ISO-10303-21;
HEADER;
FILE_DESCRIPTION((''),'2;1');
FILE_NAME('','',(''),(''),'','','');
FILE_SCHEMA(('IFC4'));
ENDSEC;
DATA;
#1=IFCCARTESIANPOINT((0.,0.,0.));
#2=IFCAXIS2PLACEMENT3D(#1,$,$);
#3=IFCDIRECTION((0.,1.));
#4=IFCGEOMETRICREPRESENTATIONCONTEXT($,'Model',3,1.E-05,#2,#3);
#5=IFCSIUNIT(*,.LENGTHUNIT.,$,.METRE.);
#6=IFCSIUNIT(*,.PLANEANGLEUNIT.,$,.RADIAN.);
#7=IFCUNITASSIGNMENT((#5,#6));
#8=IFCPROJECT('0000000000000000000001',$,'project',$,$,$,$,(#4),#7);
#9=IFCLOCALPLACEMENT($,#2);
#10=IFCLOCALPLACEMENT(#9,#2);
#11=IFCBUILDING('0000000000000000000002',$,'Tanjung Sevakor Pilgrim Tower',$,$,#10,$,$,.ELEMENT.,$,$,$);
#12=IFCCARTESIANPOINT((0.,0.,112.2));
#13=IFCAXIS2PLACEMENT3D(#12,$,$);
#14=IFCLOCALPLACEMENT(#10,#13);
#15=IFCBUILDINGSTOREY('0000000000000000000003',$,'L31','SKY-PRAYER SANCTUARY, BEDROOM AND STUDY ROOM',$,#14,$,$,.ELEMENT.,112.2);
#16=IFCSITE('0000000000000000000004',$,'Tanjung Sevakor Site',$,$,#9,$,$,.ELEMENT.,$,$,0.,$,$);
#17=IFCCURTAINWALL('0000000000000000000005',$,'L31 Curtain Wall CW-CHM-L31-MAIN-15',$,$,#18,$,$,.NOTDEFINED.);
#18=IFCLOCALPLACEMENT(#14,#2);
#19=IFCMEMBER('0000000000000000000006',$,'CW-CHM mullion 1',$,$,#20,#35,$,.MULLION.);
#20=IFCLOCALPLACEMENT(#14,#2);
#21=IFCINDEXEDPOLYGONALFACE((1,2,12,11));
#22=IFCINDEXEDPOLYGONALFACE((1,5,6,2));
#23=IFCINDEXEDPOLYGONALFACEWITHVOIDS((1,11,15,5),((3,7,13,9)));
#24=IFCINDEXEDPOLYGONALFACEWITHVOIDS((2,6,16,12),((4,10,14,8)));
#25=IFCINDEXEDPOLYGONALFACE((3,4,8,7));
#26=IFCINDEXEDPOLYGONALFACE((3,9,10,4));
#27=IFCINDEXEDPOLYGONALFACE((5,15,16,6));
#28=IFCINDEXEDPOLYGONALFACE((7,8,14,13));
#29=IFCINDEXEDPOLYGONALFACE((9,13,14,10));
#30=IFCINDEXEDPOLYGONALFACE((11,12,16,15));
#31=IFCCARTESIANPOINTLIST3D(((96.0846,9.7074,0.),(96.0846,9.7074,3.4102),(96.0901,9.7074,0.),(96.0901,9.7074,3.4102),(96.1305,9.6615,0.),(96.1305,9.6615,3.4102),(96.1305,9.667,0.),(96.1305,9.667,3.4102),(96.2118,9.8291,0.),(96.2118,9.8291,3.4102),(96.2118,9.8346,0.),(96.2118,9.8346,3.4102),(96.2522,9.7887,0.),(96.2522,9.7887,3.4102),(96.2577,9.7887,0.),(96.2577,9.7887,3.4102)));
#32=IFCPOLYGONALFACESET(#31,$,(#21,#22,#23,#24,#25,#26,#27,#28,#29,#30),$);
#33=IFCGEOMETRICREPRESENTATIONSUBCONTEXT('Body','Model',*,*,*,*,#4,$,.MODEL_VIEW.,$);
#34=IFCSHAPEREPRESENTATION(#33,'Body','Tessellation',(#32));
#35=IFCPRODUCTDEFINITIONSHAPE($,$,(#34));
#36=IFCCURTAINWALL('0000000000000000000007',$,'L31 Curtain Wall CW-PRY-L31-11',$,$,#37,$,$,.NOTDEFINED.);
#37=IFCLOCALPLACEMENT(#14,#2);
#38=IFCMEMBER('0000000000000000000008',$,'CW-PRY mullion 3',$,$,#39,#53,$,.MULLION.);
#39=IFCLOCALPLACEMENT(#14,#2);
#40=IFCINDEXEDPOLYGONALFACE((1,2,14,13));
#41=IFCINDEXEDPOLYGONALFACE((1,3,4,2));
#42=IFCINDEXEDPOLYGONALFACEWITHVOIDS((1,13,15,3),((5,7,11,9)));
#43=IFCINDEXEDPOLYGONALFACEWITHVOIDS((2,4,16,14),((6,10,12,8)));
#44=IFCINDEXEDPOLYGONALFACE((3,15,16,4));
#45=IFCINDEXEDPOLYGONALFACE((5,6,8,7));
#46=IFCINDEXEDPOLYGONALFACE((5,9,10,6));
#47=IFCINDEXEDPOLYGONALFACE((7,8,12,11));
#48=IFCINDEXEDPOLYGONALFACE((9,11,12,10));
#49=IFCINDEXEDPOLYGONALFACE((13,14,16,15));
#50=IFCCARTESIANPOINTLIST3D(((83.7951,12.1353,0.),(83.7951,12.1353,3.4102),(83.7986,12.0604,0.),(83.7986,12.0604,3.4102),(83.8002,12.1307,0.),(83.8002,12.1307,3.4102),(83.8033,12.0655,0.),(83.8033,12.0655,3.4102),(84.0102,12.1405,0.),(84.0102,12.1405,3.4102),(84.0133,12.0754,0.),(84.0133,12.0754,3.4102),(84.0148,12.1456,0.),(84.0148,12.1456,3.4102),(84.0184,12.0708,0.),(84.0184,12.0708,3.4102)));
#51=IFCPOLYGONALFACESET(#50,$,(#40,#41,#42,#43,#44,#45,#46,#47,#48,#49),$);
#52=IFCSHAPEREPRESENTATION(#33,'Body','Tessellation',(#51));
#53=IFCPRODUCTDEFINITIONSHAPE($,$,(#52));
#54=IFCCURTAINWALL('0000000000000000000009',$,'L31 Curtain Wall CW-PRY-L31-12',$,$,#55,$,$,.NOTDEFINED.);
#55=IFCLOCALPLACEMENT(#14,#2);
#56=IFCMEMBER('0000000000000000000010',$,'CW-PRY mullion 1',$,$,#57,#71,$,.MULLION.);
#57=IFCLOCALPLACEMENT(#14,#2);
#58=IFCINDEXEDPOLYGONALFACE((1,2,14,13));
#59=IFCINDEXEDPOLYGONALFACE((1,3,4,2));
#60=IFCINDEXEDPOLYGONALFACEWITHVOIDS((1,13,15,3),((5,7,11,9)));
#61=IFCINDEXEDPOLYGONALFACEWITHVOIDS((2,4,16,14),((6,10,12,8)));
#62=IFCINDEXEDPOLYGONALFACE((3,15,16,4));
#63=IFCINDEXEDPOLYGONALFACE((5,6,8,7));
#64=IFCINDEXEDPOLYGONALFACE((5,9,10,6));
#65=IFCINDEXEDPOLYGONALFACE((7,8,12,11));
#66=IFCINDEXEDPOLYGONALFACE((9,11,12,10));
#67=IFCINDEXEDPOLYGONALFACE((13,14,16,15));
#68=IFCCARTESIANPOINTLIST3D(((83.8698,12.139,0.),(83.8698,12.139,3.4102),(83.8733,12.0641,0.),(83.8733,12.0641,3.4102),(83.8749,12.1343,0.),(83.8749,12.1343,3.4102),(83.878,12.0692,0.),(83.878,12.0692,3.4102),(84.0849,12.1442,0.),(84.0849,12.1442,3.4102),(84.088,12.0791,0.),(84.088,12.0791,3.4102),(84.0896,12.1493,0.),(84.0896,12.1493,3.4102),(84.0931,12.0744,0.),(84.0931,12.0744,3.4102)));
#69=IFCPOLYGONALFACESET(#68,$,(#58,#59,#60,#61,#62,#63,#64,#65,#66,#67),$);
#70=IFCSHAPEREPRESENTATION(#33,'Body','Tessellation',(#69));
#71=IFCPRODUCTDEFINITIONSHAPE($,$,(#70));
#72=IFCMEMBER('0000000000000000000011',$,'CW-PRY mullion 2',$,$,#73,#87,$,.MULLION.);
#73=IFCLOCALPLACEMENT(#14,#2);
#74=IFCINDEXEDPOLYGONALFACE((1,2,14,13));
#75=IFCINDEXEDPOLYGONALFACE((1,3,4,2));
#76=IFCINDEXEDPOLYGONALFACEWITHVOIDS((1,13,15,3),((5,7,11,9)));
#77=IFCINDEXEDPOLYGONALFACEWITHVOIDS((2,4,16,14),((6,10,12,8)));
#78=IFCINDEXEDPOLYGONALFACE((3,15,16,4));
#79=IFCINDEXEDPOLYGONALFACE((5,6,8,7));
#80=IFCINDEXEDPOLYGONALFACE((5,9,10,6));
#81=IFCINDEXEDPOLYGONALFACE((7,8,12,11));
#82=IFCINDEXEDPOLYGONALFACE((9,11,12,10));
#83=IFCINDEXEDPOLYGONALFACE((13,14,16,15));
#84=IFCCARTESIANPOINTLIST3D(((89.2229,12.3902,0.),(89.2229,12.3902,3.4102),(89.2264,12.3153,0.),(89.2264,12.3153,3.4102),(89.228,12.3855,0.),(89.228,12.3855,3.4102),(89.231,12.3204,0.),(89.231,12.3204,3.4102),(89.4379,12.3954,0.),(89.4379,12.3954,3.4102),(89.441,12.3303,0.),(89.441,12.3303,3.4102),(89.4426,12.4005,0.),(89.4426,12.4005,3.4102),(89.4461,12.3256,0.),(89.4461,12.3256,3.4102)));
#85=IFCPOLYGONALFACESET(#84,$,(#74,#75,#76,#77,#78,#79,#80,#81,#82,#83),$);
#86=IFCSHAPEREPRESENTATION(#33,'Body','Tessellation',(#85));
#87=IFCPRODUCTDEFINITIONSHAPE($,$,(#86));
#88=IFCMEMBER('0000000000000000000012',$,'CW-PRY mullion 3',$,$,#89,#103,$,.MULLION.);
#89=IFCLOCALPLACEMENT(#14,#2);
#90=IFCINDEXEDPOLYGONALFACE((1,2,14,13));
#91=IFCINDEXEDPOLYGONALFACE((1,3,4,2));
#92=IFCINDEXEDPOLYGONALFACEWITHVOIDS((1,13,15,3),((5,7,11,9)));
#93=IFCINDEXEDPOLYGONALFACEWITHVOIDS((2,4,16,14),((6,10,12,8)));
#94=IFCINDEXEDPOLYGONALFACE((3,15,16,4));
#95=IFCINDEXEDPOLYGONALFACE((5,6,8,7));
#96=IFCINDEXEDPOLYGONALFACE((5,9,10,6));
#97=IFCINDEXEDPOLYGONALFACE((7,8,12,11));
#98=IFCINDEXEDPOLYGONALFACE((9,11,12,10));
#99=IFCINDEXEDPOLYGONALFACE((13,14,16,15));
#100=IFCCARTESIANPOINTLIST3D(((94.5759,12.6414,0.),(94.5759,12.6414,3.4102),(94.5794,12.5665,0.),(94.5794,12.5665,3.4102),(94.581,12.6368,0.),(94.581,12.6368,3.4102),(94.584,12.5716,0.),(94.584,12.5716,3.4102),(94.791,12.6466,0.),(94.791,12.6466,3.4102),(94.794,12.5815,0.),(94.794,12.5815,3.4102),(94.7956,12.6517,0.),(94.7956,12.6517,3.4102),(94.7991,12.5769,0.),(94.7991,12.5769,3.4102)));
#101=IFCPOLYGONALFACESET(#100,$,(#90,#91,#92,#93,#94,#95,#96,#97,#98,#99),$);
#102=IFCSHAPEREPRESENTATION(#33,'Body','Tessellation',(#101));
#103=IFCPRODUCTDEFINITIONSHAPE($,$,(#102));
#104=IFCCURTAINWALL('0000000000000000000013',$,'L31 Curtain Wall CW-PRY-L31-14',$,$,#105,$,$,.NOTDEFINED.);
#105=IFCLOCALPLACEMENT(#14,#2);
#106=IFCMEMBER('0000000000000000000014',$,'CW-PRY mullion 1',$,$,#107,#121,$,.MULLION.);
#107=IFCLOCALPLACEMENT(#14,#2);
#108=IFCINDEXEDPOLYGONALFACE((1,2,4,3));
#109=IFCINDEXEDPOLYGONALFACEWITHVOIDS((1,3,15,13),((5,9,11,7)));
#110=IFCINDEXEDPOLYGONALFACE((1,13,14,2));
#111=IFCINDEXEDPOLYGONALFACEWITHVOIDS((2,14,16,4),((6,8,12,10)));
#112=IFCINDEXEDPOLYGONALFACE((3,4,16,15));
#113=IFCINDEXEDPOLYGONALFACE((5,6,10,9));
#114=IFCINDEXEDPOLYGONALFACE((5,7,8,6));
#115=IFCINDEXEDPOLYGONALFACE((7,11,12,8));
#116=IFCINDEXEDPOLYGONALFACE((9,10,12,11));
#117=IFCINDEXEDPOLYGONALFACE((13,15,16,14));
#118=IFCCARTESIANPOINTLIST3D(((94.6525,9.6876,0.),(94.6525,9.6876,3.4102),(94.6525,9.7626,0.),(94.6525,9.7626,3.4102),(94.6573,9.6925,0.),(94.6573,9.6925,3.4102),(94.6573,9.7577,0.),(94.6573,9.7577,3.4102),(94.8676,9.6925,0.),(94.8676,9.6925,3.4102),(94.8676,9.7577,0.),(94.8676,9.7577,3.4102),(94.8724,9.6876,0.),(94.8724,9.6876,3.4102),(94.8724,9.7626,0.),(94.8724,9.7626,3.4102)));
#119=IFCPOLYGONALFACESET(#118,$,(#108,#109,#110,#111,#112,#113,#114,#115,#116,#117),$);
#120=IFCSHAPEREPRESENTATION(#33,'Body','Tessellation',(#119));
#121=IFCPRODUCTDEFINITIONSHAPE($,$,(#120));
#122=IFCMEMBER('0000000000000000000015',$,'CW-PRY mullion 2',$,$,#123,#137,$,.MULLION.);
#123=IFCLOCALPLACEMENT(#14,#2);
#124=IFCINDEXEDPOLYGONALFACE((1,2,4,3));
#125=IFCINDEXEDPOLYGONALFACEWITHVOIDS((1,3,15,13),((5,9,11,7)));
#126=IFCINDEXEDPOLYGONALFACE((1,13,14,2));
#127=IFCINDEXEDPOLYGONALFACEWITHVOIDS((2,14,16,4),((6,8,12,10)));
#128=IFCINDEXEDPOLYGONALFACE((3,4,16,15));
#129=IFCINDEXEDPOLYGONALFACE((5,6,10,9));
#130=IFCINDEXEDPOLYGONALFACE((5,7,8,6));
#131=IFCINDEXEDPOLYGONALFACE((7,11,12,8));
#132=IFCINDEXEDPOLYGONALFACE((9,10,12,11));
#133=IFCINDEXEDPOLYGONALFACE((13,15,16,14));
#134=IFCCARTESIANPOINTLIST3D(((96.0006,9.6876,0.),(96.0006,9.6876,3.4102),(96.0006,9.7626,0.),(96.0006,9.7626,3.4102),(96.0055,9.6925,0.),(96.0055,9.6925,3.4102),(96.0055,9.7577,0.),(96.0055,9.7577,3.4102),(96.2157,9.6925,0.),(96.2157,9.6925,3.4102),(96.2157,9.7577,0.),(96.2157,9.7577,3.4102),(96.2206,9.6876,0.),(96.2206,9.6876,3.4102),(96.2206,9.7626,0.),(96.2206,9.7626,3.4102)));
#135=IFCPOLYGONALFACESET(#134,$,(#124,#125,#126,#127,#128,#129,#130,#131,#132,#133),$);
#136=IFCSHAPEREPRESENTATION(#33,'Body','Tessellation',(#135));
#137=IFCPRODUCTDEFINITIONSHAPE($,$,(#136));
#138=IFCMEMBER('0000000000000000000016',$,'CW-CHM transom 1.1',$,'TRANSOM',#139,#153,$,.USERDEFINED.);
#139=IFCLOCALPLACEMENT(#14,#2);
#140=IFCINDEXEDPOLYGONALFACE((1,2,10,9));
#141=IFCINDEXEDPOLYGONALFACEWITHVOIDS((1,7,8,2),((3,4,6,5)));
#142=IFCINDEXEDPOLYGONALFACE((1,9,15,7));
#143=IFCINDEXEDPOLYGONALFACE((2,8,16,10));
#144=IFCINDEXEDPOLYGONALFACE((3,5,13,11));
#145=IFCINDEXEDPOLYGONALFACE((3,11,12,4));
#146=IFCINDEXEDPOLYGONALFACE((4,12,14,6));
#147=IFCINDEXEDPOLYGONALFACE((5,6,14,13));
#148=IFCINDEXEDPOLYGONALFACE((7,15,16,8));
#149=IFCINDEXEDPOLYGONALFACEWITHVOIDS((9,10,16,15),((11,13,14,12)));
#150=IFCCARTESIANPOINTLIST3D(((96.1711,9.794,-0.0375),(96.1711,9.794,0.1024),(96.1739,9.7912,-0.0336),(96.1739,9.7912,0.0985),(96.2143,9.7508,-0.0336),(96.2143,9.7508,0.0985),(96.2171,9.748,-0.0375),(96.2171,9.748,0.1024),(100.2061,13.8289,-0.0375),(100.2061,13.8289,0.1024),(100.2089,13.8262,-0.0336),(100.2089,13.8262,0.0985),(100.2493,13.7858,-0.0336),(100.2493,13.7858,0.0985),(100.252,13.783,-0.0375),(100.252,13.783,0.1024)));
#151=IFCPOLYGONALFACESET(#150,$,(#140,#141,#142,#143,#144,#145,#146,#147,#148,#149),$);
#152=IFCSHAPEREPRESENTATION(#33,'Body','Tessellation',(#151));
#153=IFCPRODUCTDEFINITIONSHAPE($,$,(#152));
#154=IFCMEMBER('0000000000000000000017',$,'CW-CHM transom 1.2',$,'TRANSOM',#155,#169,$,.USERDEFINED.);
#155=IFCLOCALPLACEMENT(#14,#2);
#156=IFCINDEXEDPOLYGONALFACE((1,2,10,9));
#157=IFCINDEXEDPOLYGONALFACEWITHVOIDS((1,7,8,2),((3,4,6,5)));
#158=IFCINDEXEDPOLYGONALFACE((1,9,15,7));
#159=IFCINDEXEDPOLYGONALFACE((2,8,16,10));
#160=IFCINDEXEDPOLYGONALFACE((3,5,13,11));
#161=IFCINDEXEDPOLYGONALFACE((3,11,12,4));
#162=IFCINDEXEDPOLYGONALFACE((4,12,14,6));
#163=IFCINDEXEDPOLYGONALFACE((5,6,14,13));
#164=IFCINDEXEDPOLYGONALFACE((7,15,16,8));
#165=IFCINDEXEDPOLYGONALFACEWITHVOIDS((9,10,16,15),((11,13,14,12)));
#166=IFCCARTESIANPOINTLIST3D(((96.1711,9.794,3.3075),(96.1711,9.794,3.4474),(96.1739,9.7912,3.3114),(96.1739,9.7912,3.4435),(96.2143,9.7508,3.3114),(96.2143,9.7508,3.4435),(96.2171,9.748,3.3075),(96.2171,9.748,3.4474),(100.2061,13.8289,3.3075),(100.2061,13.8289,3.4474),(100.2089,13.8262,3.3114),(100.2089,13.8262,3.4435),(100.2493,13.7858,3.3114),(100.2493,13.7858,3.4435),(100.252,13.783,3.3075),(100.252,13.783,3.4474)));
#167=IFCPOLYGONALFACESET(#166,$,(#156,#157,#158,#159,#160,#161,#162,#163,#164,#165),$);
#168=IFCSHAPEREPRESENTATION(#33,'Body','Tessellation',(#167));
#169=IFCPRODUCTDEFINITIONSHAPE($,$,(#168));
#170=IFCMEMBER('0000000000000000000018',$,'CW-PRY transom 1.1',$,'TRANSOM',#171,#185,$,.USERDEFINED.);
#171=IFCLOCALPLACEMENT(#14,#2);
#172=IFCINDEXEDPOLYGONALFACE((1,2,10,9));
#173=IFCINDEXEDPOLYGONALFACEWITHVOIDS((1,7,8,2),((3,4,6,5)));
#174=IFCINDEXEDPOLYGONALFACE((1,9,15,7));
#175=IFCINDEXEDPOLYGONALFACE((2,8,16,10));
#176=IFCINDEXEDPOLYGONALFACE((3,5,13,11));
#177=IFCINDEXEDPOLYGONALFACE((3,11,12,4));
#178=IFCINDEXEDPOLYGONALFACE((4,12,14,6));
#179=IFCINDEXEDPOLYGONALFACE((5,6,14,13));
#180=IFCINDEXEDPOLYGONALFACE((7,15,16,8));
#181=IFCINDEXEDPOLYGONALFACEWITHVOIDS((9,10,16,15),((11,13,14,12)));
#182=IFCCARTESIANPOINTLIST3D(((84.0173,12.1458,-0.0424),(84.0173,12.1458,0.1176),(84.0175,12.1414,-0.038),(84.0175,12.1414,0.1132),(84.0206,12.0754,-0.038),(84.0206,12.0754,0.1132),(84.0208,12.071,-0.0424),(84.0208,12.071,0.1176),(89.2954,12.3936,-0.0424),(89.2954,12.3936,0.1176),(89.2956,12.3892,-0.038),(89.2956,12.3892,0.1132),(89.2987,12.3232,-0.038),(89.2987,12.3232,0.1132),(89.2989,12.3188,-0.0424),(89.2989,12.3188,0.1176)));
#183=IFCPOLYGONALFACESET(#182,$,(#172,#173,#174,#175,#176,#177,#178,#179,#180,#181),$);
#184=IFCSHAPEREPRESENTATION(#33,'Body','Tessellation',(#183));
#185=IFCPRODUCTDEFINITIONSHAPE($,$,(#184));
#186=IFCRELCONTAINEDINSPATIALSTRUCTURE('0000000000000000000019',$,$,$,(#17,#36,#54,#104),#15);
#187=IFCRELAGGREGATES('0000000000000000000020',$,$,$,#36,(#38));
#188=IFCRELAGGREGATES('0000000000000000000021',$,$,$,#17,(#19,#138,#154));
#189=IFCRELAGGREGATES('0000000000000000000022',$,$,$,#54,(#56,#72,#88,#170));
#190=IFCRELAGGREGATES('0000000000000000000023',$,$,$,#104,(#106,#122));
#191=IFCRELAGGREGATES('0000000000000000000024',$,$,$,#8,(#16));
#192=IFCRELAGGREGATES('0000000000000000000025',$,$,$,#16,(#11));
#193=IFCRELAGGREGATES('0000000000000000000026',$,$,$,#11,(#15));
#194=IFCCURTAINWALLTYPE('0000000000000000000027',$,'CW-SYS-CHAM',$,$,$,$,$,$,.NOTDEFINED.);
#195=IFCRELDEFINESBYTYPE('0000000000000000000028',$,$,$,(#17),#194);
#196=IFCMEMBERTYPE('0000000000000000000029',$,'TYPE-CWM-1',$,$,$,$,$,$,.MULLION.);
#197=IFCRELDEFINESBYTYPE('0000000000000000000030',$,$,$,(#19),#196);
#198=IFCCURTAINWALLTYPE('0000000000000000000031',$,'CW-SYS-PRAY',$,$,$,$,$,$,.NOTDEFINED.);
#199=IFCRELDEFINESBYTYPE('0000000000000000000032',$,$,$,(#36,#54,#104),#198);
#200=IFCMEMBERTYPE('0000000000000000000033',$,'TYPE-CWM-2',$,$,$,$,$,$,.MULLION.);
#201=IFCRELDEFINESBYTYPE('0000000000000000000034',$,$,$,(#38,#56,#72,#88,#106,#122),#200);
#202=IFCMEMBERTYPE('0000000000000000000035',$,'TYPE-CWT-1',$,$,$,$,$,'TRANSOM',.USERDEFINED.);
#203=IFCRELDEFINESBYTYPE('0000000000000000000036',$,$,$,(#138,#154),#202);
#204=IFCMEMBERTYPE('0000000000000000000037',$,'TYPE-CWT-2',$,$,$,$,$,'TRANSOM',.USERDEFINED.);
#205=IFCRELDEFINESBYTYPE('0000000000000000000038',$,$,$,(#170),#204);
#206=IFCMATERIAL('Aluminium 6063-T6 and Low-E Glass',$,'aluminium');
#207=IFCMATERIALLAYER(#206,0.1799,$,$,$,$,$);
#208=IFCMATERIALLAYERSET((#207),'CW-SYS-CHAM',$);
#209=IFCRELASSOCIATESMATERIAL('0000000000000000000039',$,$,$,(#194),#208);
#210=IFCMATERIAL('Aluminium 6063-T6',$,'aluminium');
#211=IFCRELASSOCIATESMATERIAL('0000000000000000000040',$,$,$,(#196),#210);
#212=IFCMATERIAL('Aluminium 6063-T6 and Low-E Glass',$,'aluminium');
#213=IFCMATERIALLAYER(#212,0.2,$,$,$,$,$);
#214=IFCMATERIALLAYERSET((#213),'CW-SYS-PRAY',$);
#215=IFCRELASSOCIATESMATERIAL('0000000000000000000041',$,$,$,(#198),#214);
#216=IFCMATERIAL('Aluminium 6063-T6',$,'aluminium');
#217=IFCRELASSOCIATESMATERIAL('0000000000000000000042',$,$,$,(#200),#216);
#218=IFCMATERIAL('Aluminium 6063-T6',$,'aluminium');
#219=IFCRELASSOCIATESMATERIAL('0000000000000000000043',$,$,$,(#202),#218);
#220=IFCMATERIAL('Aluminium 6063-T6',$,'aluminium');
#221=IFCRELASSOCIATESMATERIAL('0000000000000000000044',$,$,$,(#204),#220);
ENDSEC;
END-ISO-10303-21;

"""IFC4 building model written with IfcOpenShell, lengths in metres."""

from ifc_helpers import new_model, si_unit, direction, frame, origin, origin_2d, place, context, subcontext, project, spatial, hollow_rectangle, extrude, material, layer, layer_set, material_profile, profile_set, type_object, element, aggregate, save


model = new_model("IFC4")

# Units and contexts
model_context = context("Model", 3, precision=1e-05, world=origin(), true_north=direction((0.0, 1.0)))
body_context = subcontext(model_context, "Body", "Model", "MODEL_VIEW")
ifc_project = project(units=[si_unit("LENGTHUNIT", "METRE"), si_unit("PLANEANGLEUNIT", "RADIAN")], contexts=[model_context])

# Site, building, storey
site_placement = place(None, origin())
site = spatial("IfcSite", under=ifc_project, at=site_placement, Name="Tanjung Sevakor Site", CompositionType="ELEMENT", RefElevation=0.0)
building_placement = place(site_placement, origin())
building = spatial("IfcBuilding", under=site, at=building_placement, Name="Tanjung Sevakor Pilgrim Tower", CompositionType="ELEMENT")
storey_placement = place(building_placement, frame((0.0, 0.0, 112.2)))
storey = spatial("IfcBuildingStorey", under=building, at=storey_placement, Name="L31", Description="SKY-PRAYER SANCTUARY, BEDROOM AND STUDY ROOM", CompositionType="ELEMENT", Elevation=112.2)

# Curtain walls, members
ifc_material_1 = material(Name="Aluminium 6063-T6 and Low-E Glass", Category="aluminium")
ifc_layer_1 = layer(ifc_material_1, 0.1799)
ifc_layer_set_1 = layer_set([ifc_layer_1], Name="CW-SYS-CHAM")
curtain_wall_type_1 = type_object("IfcCurtainWallType", Name="CW-SYS-CHAM", PredefinedType="NOTDEFINED", material=ifc_layer_set_1)
curtain_wall_1_placement = place(storey_placement, origin())
curtain_wall_1 = element("IfcCurtainWall", 1, at=curtain_wall_1_placement, inside=storey, type_object=curtain_wall_type_1, Name="L31 Curtain Wall CW-CHM-L31-MAIN-15", PredefinedType="NOTDEFINED")
ifc_material_2 = material(Name="Aluminium 6063-T6", Category="aluminium")
ifc_material_profile_1 = material_profile(ifc_material_2, hollow_rectangle(XDim=0.0649, YDim=0.1799, WallThickness=0.0039, at=origin_2d()))
ifc_profile_set_1 = profile_set([ifc_material_profile_1], Name="Aluminium 6063-T6")
member_type_1 = type_object("IfcMemberType", Name="TYPE-CWM-1", PredefinedType="MULLION", material=ifc_profile_set_1)
member_1_placement = place(storey_placement, frame((96.1711, 9.748, 0.0), z_axis=(0.0, 0.0, 1.0), x_axis=(-0.707107, 0.707107, 0.0)))
member_1 = element("IfcMember", 2, at=member_1_placement, type_object=member_type_1, Name="CW-CHM mullion 1", PredefinedType="MULLION", context=body_context, shape_type="SweptSolid", body=[
    extrude(hollow_rectangle(XDim=0.0649, YDim=0.1799, WallThickness=0.0039, at=origin_2d()), origin(), (0.0, 0.0, 1.0), 3.4102),
])
ifc_material_3 = material(Name="Aluminium 6063-T6 and Low-E Glass", Category="aluminium")
ifc_layer_2 = layer(ifc_material_3, 0.2)
ifc_layer_set_2 = layer_set([ifc_layer_2], Name="CW-SYS-PRAY")
curtain_wall_type_2 = type_object("IfcCurtainWallType", Name="CW-SYS-PRAY", PredefinedType="NOTDEFINED", material=ifc_layer_set_2)
curtain_wall_2_placement = place(storey_placement, origin())
curtain_wall_2 = element("IfcCurtainWall", 3, at=curtain_wall_2_placement, inside=storey, type_object=curtain_wall_type_2, Name="L31 Curtain Wall CW-PRY-L31-11", PredefinedType="NOTDEFINED")
ifc_material_4 = material(Name="Aluminium 6063-T6", Category="aluminium")
ifc_material_profile_2 = material_profile(ifc_material_4, hollow_rectangle(XDim=0.075, YDim=0.22, WallThickness=0.0049, at=origin_2d()))
ifc_profile_set_2 = profile_set([ifc_material_profile_2], Name="Aluminium 6063-T6")
member_type_2 = type_object("IfcMemberType", Name="TYPE-CWM-2", PredefinedType="MULLION", material=ifc_profile_set_2)
member_2_placement = place(storey_placement, frame((83.9067, 12.103, 0.0), z_axis=(0.0, 0.0, 1.0), x_axis=(-0.046904, 0.998899, 0.0)))
member_2 = element("IfcMember", 4, at=member_2_placement, type_object=member_type_2, Name="CW-PRY mullion 3", PredefinedType="MULLION", context=body_context, shape_type="SweptSolid", body=[
    extrude(hollow_rectangle(XDim=0.075, YDim=0.22, WallThickness=0.0049, at=origin_2d()), origin(), (0.0, 0.0, 1.0), 3.4102),
])
aggregate(curtain_wall_2, [member_2])

# Curtain walls, members
curtain_wall_3_placement = place(storey_placement, origin())
curtain_wall_3 = element("IfcCurtainWall", 5, at=curtain_wall_3_placement, inside=storey, type_object=curtain_wall_type_2, Name="L31 Curtain Wall CW-PRY-L31-12", PredefinedType="NOTDEFINED")
member_3_placement = place(storey_placement, frame((83.9814, 12.1067, 0.0), z_axis=(0.0, 0.0, 1.0), x_axis=(-0.046892, 0.9989, 0.0)))
member_3 = element("IfcMember", 6, at=member_3_placement, type_object=member_type_2, Name="CW-PRY mullion 1", PredefinedType="MULLION", context=body_context, shape_type="SweptSolid", body=[
    extrude(hollow_rectangle(XDim=0.075, YDim=0.22, WallThickness=0.0049, at=origin_2d()), origin(), (0.0, 0.0, 1.0), 3.4102),
])
member_4_placement = place(storey_placement, frame((89.3345, 12.3579, 0.0), z_axis=(0.0, 0.0, 1.0), x_axis=(-0.046892, 0.9989, 0.0)))
member_4 = element("IfcMember", 7, at=member_4_placement, type_object=member_type_2, Name="CW-PRY mullion 2", PredefinedType="MULLION", context=body_context, shape_type="SweptSolid", body=[
    extrude(hollow_rectangle(XDim=0.075, YDim=0.22, WallThickness=0.0049, at=origin_2d()), origin(), (0.0, 0.0, 1.0), 3.4102),
])
member_5_placement = place(storey_placement, frame((94.6875, 12.6091, 0.0), z_axis=(0.0, 0.0, 1.0), x_axis=(-0.046892, 0.9989, 0.0)))
member_5 = element("IfcMember", 8, at=member_5_placement, type_object=member_type_2, Name="CW-PRY mullion 3", PredefinedType="MULLION", context=body_context, shape_type="SweptSolid", body=[
    extrude(hollow_rectangle(XDim=0.075, YDim=0.22, WallThickness=0.0049, at=origin_2d()), origin(), (0.0, 0.0, 1.0), 3.4102),
])
curtain_wall_4_placement = place(storey_placement, origin())
curtain_wall_4 = element("IfcCurtainWall", 9, at=curtain_wall_4_placement, inside=storey, type_object=curtain_wall_type_2, Name="L31 Curtain Wall CW-PRY-L31-14", PredefinedType="NOTDEFINED")
member_6_placement = place(storey_placement, frame((94.7625, 9.7251, 0.0), z_axis=(0.0, 0.0, 1.0), x_axis=(0.0, 1.0, 0.0)))
member_6 = element("IfcMember", 10, at=member_6_placement, type_object=member_type_2, Name="CW-PRY mullion 1", PredefinedType="MULLION", context=body_context, shape_type="SweptSolid", body=[
    extrude(hollow_rectangle(XDim=0.075, YDim=0.22, WallThickness=0.0049, at=origin_2d()), origin(), (0.0, 0.0, 1.0), 3.4102),
])
member_7_placement = place(storey_placement, frame((96.1106, 9.7251, 0.0), z_axis=(0.0, 0.0, 1.0), x_axis=(0.0, 1.0, 0.0)))
member_7 = element("IfcMember", 11, at=member_7_placement, type_object=member_type_2, Name="CW-PRY mullion 2", PredefinedType="MULLION", context=body_context, shape_type="SweptSolid", body=[
    extrude(hollow_rectangle(XDim=0.075, YDim=0.22, WallThickness=0.0049, at=origin_2d()), origin(), (0.0, 0.0, 1.0), 3.4102),
])

# Members
ifc_material_5 = material(Name="Aluminium 6063-T6", Category="aluminium")
ifc_material_profile_3 = material_profile(ifc_material_5, hollow_rectangle(XDim=0.0649, YDim=0.1399, WallThickness=0.0039, at=origin_2d()))
ifc_profile_set_3 = profile_set([ifc_material_profile_3], Name="Aluminium 6063-T6")
member_type_3 = type_object("IfcMemberType", Name="TYPE-CWT-1", ElementType="TRANSOM", PredefinedType="USERDEFINED", material=ifc_profile_set_3)
member_8_placement = place(storey_placement, frame((96.1941, 9.771, 0.0325), z_axis=(0.707107, 0.707107, 0.0), x_axis=(-0.707107, 0.707107, 0.0)))
member_8 = element("IfcMember", 12, at=member_8_placement, type_object=member_type_3, Name="CW-CHM transom 1.1", ObjectType="TRANSOM", PredefinedType="USERDEFINED", context=body_context, shape_type="SweptSolid", body=[
    extrude(hollow_rectangle(XDim=0.0649, YDim=0.1399, WallThickness=0.0039, at=origin_2d()), origin(), (0.0, 0.0, 1.0), 5.7063),
])
member_9_placement = place(storey_placement, frame((96.1941, 9.771, 3.3774), z_axis=(0.707107, 0.707107, 0.0), x_axis=(-0.707107, 0.707107, 0.0)))
member_9 = element("IfcMember", 13, at=member_9_placement, type_object=member_type_3, Name="CW-CHM transom 1.2", ObjectType="TRANSOM", PredefinedType="USERDEFINED", context=body_context, shape_type="SweptSolid", body=[
    extrude(hollow_rectangle(XDim=0.0649, YDim=0.1399, WallThickness=0.0039, at=origin_2d()), origin(), (0.0, 0.0, 1.0), 5.7063),
])
ifc_material_6 = material(Name="Aluminium 6063-T6", Category="aluminium")
ifc_material_profile_4 = material_profile(ifc_material_6, hollow_rectangle(XDim=0.075, YDim=0.1599, WallThickness=0.0044, at=origin_2d()))
ifc_profile_set_4 = profile_set([ifc_material_profile_4], Name="Aluminium 6063-T6")
member_type_4 = type_object("IfcMemberType", Name="TYPE-CWT-2", ElementType="TRANSOM", PredefinedType="USERDEFINED", material=ifc_profile_set_4)
member_10_placement = place(storey_placement, frame((84.019, 12.1084, 0.0376), z_axis=(0.9989, 0.046898, 0.0), x_axis=(-0.046898, 0.9989, 0.0)))
member_10 = element("IfcMember", 14, at=member_10_placement, type_object=member_type_4, Name="CW-PRY transom 1.1", ObjectType="TRANSOM", PredefinedType="USERDEFINED", context=body_context, shape_type="SweptSolid", body=[
    extrude(hollow_rectangle(XDim=0.075, YDim=0.1599, WallThickness=0.0044, at=origin_2d()), origin(), (0.0, 0.0, 1.0), 5.2839),
])

aggregate(curtain_wall_1, [member_1, member_8, member_9])
aggregate(curtain_wall_3, [member_3, member_4, member_5, member_10])
aggregate(curtain_wall_4, [member_6, member_7])

save(model, "model.ifc")
